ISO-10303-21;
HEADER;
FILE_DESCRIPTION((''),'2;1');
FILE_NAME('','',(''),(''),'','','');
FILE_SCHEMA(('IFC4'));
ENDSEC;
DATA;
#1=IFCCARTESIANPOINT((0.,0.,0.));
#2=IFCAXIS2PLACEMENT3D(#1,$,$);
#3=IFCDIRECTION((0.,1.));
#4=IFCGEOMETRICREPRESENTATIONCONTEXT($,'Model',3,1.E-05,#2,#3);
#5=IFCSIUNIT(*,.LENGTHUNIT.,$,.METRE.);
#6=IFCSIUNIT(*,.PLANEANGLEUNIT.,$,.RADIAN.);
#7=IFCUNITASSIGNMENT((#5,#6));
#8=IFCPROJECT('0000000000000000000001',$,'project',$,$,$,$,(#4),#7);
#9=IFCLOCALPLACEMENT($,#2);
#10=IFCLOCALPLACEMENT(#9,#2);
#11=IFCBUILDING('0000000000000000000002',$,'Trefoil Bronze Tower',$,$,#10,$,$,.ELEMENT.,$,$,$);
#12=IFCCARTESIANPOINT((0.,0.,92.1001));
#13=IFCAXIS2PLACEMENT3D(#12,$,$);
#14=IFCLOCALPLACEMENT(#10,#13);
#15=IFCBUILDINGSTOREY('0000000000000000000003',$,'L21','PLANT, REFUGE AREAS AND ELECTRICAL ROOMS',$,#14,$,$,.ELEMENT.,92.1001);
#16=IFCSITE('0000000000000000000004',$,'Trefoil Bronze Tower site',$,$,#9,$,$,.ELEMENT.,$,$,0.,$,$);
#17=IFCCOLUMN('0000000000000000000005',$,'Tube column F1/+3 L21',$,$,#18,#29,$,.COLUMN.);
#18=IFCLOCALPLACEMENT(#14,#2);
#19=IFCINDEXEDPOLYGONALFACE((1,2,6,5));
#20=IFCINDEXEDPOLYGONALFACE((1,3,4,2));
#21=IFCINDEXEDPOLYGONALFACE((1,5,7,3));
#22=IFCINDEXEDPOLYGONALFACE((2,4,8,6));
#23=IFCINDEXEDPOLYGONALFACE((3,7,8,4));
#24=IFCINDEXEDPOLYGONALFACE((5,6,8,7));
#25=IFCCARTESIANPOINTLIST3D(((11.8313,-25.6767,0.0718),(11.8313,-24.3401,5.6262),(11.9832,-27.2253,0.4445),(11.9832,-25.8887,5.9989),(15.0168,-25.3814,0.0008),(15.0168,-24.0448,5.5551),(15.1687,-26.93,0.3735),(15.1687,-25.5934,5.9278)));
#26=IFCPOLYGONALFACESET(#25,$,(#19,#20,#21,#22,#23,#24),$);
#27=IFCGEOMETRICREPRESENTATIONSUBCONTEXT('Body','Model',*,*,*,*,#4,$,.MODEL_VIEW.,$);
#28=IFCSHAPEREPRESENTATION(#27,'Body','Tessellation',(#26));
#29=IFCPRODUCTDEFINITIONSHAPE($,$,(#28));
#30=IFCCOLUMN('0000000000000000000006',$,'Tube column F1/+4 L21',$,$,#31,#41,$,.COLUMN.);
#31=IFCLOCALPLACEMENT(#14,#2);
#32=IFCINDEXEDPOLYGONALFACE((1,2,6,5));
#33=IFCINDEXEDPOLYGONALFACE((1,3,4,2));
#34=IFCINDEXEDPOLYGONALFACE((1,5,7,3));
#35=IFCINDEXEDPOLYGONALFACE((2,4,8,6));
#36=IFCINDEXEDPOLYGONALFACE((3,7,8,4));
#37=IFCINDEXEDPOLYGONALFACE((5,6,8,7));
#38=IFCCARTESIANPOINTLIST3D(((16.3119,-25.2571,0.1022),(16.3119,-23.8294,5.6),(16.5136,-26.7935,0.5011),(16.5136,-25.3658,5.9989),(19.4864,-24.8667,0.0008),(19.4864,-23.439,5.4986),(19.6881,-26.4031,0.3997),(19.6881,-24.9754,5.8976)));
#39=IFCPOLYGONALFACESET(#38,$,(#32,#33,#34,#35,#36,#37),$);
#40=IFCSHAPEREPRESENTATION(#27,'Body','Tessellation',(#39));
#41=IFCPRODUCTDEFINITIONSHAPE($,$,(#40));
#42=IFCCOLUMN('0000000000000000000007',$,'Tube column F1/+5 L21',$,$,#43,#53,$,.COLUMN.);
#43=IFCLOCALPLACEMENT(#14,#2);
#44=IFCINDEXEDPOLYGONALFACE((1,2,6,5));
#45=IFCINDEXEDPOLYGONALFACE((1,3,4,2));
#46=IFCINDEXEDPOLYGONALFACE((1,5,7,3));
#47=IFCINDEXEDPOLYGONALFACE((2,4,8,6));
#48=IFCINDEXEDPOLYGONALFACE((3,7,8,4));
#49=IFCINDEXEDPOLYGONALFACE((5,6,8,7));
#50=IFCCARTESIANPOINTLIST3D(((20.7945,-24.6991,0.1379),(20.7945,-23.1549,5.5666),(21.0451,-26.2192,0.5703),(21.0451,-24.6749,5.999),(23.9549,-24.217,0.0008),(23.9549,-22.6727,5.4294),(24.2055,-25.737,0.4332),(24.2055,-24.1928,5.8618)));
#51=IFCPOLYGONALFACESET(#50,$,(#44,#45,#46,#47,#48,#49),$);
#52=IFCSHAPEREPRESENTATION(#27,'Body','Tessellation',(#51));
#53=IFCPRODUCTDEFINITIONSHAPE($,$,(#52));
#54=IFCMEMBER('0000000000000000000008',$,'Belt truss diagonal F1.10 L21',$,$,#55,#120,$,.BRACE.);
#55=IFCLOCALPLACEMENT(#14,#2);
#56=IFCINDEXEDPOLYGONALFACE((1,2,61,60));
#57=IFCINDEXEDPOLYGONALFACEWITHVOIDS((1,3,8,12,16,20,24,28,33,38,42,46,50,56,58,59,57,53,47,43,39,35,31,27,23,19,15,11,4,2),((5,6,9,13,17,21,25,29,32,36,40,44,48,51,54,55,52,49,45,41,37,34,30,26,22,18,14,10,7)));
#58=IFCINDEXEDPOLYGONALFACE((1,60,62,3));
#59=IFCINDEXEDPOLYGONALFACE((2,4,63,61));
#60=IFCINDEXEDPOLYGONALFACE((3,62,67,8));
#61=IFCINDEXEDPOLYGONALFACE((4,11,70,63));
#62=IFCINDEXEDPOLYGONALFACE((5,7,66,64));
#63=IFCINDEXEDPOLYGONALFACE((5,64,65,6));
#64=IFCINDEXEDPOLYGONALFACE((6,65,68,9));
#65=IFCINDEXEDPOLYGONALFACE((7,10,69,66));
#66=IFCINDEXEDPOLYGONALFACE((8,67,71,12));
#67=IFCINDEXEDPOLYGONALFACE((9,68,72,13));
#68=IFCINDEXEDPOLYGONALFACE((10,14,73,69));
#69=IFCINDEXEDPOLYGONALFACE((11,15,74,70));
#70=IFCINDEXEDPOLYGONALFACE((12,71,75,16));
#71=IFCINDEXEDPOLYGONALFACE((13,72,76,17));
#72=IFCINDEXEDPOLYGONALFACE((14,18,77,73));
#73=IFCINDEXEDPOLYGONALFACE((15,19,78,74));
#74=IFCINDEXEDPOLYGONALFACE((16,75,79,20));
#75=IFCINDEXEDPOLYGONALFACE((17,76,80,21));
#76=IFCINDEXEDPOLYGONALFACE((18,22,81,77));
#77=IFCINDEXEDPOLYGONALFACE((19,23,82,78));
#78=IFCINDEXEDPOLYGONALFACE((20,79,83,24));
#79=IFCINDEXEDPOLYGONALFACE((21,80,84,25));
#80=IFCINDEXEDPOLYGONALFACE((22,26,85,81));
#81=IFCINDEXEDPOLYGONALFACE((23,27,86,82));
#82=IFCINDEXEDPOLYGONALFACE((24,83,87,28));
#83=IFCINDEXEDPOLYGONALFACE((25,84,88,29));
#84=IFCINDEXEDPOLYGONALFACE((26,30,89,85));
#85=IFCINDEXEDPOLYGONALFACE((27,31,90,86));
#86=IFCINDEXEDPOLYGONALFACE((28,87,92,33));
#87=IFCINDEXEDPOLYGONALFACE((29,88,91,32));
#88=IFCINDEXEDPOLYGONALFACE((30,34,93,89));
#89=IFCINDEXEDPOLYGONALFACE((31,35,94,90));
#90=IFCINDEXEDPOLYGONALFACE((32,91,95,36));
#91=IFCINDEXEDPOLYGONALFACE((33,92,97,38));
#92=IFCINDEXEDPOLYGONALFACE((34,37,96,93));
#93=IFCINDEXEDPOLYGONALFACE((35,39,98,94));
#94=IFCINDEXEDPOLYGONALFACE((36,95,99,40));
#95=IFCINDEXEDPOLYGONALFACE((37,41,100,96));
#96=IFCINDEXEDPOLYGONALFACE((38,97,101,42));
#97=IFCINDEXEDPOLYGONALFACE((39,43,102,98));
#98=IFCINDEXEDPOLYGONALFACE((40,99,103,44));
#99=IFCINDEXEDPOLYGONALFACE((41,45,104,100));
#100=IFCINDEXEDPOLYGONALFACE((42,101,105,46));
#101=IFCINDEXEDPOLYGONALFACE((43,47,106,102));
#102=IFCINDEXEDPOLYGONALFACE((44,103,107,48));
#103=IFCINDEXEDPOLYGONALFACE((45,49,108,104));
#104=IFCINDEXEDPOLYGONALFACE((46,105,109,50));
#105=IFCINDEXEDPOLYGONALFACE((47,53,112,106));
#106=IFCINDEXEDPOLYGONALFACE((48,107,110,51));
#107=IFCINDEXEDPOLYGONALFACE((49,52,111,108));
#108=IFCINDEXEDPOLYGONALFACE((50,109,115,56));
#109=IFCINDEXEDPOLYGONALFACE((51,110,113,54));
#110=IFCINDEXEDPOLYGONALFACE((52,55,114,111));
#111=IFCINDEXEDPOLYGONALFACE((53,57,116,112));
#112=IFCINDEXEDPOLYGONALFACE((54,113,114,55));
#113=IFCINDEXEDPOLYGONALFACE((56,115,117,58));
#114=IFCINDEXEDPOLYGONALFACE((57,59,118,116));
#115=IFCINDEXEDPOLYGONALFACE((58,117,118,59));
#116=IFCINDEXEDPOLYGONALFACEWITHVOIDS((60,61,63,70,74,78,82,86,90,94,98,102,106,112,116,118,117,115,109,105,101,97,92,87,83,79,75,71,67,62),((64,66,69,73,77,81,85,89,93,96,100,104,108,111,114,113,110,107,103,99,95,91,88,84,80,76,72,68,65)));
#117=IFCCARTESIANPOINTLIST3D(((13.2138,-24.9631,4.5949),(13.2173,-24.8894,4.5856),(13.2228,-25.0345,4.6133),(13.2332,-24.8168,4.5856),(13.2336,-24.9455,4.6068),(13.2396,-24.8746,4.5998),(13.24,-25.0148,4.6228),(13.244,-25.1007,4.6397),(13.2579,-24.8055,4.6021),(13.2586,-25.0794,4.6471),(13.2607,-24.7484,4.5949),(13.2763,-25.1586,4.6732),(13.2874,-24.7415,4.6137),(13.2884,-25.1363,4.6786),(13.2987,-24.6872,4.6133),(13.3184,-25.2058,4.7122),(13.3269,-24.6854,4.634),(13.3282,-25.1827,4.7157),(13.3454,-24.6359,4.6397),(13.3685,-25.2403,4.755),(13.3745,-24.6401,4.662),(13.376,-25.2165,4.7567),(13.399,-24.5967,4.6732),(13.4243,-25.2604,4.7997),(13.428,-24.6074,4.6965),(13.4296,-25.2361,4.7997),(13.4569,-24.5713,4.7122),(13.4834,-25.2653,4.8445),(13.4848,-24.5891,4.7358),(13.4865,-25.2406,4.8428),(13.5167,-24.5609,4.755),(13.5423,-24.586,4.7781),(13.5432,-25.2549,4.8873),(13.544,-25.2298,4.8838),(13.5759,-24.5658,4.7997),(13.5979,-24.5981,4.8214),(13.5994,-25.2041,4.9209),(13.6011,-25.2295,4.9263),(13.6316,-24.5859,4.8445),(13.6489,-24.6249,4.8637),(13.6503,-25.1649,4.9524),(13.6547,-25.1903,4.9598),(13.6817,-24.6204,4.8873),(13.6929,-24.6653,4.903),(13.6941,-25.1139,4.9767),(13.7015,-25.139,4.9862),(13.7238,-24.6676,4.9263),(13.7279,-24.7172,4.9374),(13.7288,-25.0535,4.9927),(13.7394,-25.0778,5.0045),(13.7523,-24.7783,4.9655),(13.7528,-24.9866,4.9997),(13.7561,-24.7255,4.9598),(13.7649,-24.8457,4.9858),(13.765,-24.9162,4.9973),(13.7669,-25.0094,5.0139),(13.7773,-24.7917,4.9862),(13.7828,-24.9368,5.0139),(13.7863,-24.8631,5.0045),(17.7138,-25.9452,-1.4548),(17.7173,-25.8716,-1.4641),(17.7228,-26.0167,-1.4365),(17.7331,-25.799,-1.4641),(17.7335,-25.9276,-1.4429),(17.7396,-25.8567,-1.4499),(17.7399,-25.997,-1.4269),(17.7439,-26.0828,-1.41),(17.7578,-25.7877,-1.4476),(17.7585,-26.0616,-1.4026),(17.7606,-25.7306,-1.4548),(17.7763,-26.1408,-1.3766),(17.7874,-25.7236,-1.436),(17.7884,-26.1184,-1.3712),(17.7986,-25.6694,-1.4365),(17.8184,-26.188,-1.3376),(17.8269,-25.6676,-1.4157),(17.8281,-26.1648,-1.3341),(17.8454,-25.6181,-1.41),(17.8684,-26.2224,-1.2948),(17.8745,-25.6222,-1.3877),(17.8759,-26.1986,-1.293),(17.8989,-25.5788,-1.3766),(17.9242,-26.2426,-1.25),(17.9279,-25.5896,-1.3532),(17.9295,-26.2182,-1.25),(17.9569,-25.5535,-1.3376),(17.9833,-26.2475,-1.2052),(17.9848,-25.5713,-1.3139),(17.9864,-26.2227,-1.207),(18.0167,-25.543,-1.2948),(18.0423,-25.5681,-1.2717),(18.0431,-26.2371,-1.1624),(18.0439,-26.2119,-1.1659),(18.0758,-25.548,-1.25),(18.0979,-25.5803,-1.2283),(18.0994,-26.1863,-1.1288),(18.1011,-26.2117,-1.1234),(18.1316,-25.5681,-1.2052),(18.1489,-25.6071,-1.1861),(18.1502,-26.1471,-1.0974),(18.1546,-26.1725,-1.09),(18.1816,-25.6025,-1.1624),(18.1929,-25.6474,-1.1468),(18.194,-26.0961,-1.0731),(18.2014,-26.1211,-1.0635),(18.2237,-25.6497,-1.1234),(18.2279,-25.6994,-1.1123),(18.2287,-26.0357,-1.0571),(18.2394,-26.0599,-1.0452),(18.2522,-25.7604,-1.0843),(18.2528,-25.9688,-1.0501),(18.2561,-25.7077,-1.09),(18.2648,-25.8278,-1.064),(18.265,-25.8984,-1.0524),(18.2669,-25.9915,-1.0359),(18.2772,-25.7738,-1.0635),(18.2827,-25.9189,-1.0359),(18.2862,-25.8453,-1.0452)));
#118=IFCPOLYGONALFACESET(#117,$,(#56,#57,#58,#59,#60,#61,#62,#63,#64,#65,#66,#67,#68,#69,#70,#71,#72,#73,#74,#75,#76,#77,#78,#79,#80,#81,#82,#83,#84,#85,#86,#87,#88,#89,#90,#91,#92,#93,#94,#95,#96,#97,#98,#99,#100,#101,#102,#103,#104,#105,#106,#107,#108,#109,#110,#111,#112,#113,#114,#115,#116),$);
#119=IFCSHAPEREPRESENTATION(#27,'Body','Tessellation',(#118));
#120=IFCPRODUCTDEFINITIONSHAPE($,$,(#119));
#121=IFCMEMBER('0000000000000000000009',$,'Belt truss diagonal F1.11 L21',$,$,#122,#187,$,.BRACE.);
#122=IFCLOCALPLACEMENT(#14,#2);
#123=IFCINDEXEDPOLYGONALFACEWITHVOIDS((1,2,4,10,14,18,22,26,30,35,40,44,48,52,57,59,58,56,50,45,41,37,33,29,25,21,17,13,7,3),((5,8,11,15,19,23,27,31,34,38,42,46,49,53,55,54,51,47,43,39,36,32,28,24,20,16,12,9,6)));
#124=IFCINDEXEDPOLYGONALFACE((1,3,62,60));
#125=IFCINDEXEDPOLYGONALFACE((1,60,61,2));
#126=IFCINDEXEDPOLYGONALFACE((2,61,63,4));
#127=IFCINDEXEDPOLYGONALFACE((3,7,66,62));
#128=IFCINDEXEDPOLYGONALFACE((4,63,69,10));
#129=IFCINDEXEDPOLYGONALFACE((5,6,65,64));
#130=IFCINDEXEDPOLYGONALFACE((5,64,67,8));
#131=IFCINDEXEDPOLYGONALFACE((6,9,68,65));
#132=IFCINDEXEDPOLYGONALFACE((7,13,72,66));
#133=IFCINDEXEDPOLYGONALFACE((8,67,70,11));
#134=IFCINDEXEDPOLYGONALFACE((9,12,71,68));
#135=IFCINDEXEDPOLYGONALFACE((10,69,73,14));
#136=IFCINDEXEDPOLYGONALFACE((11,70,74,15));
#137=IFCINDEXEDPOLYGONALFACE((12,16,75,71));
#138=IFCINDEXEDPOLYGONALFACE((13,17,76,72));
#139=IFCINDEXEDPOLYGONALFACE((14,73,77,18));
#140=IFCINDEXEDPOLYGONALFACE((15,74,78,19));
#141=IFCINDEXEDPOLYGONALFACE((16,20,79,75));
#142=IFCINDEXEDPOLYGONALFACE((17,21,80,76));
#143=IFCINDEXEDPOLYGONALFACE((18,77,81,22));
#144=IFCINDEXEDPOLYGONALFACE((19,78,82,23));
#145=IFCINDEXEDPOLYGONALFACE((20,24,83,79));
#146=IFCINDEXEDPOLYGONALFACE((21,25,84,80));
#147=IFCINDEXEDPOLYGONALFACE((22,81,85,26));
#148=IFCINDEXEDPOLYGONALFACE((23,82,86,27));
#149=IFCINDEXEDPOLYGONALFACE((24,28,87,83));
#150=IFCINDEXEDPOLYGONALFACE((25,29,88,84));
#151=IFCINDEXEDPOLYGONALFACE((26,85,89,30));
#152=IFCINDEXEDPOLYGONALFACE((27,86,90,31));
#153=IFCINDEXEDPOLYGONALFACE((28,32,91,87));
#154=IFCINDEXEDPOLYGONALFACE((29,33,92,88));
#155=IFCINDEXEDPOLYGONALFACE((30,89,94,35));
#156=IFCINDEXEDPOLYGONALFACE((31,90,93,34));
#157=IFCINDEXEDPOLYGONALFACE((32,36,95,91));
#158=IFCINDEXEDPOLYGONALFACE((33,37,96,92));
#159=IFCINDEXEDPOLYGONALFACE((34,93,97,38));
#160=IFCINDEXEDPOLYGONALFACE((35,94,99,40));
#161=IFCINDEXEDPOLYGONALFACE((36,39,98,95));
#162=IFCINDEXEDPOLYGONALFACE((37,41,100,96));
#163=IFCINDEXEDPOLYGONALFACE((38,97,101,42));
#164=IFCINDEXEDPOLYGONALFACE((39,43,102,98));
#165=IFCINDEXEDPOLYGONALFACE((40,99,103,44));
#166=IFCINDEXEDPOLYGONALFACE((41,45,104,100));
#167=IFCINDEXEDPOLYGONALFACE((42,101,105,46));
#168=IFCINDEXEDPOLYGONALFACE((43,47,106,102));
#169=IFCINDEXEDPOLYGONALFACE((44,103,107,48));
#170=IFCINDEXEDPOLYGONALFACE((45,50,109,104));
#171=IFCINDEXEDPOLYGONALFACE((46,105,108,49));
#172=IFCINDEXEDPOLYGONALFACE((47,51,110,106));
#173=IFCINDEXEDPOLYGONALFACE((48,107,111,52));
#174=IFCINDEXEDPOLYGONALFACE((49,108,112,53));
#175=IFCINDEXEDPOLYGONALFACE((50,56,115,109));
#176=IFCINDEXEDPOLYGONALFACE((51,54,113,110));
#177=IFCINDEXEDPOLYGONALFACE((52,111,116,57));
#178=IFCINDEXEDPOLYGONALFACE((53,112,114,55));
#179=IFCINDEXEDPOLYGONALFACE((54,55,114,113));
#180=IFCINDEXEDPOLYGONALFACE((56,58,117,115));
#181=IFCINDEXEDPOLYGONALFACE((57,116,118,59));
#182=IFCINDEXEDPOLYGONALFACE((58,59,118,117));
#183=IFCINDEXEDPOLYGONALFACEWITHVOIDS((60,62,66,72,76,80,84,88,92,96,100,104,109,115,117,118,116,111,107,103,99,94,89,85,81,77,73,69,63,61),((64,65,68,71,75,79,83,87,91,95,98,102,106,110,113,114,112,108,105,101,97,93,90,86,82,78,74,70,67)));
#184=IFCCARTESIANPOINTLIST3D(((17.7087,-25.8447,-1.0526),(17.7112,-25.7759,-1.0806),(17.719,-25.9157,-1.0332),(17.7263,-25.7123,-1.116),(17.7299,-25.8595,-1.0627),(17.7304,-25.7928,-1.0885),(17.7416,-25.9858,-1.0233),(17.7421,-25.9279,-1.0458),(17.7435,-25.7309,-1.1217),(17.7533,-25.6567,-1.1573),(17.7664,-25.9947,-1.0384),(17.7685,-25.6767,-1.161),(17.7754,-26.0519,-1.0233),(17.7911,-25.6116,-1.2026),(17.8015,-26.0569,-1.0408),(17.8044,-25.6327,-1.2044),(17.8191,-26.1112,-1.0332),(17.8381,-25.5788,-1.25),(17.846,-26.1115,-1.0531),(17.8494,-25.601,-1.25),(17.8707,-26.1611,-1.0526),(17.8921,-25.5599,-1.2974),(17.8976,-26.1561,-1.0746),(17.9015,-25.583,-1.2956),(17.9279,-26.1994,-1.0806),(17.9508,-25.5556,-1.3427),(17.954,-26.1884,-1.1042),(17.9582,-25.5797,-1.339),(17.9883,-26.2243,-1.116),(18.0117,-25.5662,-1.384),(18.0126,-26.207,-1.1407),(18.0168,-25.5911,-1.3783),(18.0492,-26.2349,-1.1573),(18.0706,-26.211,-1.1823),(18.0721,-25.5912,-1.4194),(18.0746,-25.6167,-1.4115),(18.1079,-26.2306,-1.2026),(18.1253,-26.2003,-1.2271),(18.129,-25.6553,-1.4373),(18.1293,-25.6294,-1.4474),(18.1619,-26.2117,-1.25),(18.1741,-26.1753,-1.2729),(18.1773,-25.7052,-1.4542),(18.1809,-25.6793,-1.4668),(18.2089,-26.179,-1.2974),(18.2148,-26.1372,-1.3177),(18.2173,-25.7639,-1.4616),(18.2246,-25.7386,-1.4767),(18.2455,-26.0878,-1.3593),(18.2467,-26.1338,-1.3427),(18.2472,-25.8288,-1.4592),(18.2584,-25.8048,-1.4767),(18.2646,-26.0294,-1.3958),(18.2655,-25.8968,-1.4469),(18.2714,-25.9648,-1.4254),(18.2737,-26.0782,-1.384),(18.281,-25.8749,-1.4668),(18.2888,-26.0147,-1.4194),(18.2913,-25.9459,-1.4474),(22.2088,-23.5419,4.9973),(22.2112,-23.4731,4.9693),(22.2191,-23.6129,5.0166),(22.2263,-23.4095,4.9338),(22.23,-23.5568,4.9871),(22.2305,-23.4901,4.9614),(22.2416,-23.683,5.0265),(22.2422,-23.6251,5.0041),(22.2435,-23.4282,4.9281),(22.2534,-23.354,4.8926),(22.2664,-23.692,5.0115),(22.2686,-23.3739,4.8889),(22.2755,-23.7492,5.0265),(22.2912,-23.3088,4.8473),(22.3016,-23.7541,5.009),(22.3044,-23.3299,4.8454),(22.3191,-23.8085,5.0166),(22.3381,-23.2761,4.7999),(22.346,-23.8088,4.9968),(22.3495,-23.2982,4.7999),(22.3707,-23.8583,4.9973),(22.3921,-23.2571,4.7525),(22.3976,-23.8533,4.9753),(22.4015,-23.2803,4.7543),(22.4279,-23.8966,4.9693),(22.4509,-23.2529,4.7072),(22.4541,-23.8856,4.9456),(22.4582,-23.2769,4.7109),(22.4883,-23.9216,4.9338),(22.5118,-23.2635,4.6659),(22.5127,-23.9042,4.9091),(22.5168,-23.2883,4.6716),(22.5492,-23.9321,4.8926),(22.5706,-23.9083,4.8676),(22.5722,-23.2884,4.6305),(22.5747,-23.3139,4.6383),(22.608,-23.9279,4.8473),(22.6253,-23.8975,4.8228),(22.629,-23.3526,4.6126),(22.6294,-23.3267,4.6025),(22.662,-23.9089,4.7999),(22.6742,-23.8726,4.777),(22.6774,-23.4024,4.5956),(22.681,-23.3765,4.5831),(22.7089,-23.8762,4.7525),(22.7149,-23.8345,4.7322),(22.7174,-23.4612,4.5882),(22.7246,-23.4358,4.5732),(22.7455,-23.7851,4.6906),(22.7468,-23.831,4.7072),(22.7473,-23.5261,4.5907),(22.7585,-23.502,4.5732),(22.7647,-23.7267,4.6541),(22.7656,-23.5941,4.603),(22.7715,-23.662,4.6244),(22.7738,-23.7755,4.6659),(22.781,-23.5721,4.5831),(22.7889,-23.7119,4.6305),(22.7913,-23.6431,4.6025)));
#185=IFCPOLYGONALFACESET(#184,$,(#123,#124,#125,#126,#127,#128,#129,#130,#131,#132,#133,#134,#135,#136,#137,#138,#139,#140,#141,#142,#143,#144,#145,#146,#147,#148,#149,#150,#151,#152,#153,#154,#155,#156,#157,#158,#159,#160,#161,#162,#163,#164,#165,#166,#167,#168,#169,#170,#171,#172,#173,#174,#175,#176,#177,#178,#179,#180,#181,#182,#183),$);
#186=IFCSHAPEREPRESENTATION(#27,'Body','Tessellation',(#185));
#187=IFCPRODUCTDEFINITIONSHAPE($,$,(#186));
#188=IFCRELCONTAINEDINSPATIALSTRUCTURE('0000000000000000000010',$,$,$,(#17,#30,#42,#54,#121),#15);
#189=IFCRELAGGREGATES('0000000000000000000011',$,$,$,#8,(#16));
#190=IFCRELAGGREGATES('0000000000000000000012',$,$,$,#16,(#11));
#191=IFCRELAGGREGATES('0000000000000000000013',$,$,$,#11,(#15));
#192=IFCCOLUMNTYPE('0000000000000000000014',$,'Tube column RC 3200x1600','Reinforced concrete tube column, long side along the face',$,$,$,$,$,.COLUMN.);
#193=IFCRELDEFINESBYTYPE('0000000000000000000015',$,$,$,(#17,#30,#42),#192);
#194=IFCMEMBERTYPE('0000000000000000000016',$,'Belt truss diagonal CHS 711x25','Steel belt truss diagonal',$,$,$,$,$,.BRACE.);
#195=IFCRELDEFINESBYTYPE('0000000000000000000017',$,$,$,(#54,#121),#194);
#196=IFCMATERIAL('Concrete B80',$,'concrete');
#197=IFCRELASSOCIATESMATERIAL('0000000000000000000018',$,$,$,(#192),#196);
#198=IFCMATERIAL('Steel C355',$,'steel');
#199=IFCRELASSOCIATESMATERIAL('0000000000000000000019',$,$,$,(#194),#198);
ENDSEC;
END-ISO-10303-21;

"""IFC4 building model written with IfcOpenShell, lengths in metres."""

from ifc_helpers import new_model, si_unit, direction, frame, origin, origin_2d, place, context, subcontext, project, spatial, rectangle, hollow_circle, extrude, clip, halfspace, material, material_profile, profile_set, type_object, element, save


model = new_model("IFC4")

# Units and contexts
model_context = context("Model", 3, precision=1e-05, world=origin(), true_north=direction((0.0, 1.0)))
body_context = subcontext(model_context, "Body", "Model", "MODEL_VIEW")
ifc_project = project(units=[si_unit("LENGTHUNIT", "METRE"), si_unit("PLANEANGLEUNIT", "RADIAN")], contexts=[model_context])

# Site, building, storey
site_placement = place(None, origin())
site = spatial("IfcSite", under=ifc_project, at=site_placement, Name="Trefoil Bronze Tower site", CompositionType="ELEMENT", RefElevation=0.0)
building_placement = place(site_placement, origin())
building = spatial("IfcBuilding", under=site, at=building_placement, Name="Trefoil Bronze Tower", CompositionType="ELEMENT")
storey_placement = place(building_placement, frame((0.0, 0.0, 92.1001)))
storey = spatial("IfcBuildingStorey", under=building, at=storey_placement, Name="L21", Description="PLANT, REFUGE AREAS AND ELECTRICAL ROOMS", CompositionType="ELEMENT", Elevation=92.1001)

# Columns
ifc_material_1 = material(Name="Concrete B80", Category="concrete")
ifc_material_profile_1 = material_profile(ifc_material_1, rectangle(XDim=3.2, YDim=1.6001, at=origin_2d()), Name="RC 3200x1600")
ifc_profile_set_1 = profile_set([ifc_material_profile_1], Name="Concrete B80")
column_type = type_object("IfcColumnType", Name="Tube column RC 3200x1600", Description="Reinforced concrete tube column, long side along the face", PredefinedType="COLUMN", material=ifc_profile_set_1)
column_1_placement = place(storey_placement, frame((13.5, -26.3569, 0.0), z_axis=(0.0, 0.233962, 0.972246), x_axis=(0.995484, 0.092291, -0.022209)))
element("IfcColumn", 1, at=column_1_placement, inside=storey, type_object=column_type, Name="Tube column F1/+3 L21", PredefinedType="COLUMN", context=body_context, shape_type="Clipping", body=[
    clip(clip(extrude(rectangle(XDim=3.2, YDim=1.6001, at=origin_2d()), origin(), (0.0, 0.0, 1.0), 6.1714), halfspace(frame((0.0, 0.0, 0.229), z_axis=(0.000001, 0.000008, 1.0), x_axis=(0.0, 1.0, -0.000008)), True)), halfspace(frame((0.0, 0.0, 5.9419), z_axis=(-0.000001, -0.000008, -1.0), x_axis=(0.0, -1.0, 0.000008)), True)),
])
column_2_placement = place(storey_placement, frame((18.0, -25.8953, 0.0), z_axis=(0.0, 0.251348, 0.967897), x_axis=(0.992025, 0.121996, -0.03168)))
element("IfcColumn", 2, at=column_2_placement, inside=storey, type_object=column_type, Name="Tube column F1/+4 L21", PredefinedType="COLUMN", context=body_context, shape_type="Clipping", body=[
    clip(clip(extrude(rectangle(XDim=3.2, YDim=1.6001, at=origin_2d()), origin(), (0.0, 0.0, 1.0), 6.199), halfspace(frame((0.0, 0.0, 0.2593), z_axis=(-0.000001, -0.000009, 1.0), x_axis=(0.0, 1.0, 0.000009)), True)), halfspace(frame((0.0, 0.0, 5.9395), z_axis=(0.000001, 0.000009, -1.0), x_axis=(0.0, -1.0, -0.000009)), True)),
])
column_3_placement = place(storey_placement, frame((22.5, -25.2993, 0.0), z_axis=(0.0, 0.27361, 0.961841), x_axis=(0.987655, 0.15067, -0.04286)))
element("IfcColumn", 3, at=column_3_placement, inside=storey, type_object=column_type, Name="Tube column F1/+5 L21", PredefinedType="COLUMN", context=body_context, shape_type="Clipping", body=[
    clip(clip(extrude(rectangle(XDim=3.2, YDim=1.6001, at=origin_2d()), origin(), (0.0, 0.0, 1.0), 6.238), halfspace(frame((0.0, 0.0, 0.2969), z_axis=(-0.000001, -0.000006, 1.0), x_axis=(0.0, 1.0, 0.000006)), True)), halfspace(frame((0.0, 0.0, 5.9409), z_axis=(0.000001, 0.000006, -1.0), x_axis=(0.0, -1.0, -0.000006)), True)),
])

# Members
ifc_material_2 = material(Name="Steel C355", Category="steel")
ifc_material_profile_2 = material_profile(ifc_material_2, hollow_circle(Radius=0.3555, WallThickness=0.0249, at=origin_2d()), Name="CHS 711x25")
ifc_profile_set_2 = profile_set([ifc_material_profile_2], Name="Steel C355")
member_type_1 = type_object("IfcMemberType", Name="Belt truss diagonal CHS 711x25", Description="Steel belt truss diagonal", PredefinedType="BRACE", material=ifc_profile_set_2)
member_1_placement = place(storey_placement, frame((18.0, -25.8953, -1.25), z_axis=(-0.591825, 0.129173, 0.79565), x_axis=(-0.213242, -0.977, 0.0)))
element("IfcMember", 4, at=member_1_placement, inside=storey, type_object=member_type_1, Name="Belt truss diagonal F1.10 L21", PredefinedType="BRACE", context=body_context, shape_type="SweptSolid", body=[
    extrude(hollow_circle(Radius=0.3555, WallThickness=0.0249, at=origin_2d()), origin(), (0.0, 0.0, 1.0), 7.6035),
])
member_2_placement = place(storey_placement, frame((18.0, -25.8953, -1.25), z_axis=(0.570798, 0.292088, 0.767381), x_axis=(-0.45554, 0.890215, 0.0)))
element("IfcMember", 5, at=member_2_placement, inside=storey, type_object=member_type_1, Name="Belt truss diagonal F1.11 L21", PredefinedType="BRACE", context=body_context, shape_type="SweptSolid", body=[
    extrude(hollow_circle(Radius=0.3555, WallThickness=0.0249, at=origin_2d()), origin(), (0.0, 0.0, 1.0), 7.8838),
])

save(model, "model.ifc")
